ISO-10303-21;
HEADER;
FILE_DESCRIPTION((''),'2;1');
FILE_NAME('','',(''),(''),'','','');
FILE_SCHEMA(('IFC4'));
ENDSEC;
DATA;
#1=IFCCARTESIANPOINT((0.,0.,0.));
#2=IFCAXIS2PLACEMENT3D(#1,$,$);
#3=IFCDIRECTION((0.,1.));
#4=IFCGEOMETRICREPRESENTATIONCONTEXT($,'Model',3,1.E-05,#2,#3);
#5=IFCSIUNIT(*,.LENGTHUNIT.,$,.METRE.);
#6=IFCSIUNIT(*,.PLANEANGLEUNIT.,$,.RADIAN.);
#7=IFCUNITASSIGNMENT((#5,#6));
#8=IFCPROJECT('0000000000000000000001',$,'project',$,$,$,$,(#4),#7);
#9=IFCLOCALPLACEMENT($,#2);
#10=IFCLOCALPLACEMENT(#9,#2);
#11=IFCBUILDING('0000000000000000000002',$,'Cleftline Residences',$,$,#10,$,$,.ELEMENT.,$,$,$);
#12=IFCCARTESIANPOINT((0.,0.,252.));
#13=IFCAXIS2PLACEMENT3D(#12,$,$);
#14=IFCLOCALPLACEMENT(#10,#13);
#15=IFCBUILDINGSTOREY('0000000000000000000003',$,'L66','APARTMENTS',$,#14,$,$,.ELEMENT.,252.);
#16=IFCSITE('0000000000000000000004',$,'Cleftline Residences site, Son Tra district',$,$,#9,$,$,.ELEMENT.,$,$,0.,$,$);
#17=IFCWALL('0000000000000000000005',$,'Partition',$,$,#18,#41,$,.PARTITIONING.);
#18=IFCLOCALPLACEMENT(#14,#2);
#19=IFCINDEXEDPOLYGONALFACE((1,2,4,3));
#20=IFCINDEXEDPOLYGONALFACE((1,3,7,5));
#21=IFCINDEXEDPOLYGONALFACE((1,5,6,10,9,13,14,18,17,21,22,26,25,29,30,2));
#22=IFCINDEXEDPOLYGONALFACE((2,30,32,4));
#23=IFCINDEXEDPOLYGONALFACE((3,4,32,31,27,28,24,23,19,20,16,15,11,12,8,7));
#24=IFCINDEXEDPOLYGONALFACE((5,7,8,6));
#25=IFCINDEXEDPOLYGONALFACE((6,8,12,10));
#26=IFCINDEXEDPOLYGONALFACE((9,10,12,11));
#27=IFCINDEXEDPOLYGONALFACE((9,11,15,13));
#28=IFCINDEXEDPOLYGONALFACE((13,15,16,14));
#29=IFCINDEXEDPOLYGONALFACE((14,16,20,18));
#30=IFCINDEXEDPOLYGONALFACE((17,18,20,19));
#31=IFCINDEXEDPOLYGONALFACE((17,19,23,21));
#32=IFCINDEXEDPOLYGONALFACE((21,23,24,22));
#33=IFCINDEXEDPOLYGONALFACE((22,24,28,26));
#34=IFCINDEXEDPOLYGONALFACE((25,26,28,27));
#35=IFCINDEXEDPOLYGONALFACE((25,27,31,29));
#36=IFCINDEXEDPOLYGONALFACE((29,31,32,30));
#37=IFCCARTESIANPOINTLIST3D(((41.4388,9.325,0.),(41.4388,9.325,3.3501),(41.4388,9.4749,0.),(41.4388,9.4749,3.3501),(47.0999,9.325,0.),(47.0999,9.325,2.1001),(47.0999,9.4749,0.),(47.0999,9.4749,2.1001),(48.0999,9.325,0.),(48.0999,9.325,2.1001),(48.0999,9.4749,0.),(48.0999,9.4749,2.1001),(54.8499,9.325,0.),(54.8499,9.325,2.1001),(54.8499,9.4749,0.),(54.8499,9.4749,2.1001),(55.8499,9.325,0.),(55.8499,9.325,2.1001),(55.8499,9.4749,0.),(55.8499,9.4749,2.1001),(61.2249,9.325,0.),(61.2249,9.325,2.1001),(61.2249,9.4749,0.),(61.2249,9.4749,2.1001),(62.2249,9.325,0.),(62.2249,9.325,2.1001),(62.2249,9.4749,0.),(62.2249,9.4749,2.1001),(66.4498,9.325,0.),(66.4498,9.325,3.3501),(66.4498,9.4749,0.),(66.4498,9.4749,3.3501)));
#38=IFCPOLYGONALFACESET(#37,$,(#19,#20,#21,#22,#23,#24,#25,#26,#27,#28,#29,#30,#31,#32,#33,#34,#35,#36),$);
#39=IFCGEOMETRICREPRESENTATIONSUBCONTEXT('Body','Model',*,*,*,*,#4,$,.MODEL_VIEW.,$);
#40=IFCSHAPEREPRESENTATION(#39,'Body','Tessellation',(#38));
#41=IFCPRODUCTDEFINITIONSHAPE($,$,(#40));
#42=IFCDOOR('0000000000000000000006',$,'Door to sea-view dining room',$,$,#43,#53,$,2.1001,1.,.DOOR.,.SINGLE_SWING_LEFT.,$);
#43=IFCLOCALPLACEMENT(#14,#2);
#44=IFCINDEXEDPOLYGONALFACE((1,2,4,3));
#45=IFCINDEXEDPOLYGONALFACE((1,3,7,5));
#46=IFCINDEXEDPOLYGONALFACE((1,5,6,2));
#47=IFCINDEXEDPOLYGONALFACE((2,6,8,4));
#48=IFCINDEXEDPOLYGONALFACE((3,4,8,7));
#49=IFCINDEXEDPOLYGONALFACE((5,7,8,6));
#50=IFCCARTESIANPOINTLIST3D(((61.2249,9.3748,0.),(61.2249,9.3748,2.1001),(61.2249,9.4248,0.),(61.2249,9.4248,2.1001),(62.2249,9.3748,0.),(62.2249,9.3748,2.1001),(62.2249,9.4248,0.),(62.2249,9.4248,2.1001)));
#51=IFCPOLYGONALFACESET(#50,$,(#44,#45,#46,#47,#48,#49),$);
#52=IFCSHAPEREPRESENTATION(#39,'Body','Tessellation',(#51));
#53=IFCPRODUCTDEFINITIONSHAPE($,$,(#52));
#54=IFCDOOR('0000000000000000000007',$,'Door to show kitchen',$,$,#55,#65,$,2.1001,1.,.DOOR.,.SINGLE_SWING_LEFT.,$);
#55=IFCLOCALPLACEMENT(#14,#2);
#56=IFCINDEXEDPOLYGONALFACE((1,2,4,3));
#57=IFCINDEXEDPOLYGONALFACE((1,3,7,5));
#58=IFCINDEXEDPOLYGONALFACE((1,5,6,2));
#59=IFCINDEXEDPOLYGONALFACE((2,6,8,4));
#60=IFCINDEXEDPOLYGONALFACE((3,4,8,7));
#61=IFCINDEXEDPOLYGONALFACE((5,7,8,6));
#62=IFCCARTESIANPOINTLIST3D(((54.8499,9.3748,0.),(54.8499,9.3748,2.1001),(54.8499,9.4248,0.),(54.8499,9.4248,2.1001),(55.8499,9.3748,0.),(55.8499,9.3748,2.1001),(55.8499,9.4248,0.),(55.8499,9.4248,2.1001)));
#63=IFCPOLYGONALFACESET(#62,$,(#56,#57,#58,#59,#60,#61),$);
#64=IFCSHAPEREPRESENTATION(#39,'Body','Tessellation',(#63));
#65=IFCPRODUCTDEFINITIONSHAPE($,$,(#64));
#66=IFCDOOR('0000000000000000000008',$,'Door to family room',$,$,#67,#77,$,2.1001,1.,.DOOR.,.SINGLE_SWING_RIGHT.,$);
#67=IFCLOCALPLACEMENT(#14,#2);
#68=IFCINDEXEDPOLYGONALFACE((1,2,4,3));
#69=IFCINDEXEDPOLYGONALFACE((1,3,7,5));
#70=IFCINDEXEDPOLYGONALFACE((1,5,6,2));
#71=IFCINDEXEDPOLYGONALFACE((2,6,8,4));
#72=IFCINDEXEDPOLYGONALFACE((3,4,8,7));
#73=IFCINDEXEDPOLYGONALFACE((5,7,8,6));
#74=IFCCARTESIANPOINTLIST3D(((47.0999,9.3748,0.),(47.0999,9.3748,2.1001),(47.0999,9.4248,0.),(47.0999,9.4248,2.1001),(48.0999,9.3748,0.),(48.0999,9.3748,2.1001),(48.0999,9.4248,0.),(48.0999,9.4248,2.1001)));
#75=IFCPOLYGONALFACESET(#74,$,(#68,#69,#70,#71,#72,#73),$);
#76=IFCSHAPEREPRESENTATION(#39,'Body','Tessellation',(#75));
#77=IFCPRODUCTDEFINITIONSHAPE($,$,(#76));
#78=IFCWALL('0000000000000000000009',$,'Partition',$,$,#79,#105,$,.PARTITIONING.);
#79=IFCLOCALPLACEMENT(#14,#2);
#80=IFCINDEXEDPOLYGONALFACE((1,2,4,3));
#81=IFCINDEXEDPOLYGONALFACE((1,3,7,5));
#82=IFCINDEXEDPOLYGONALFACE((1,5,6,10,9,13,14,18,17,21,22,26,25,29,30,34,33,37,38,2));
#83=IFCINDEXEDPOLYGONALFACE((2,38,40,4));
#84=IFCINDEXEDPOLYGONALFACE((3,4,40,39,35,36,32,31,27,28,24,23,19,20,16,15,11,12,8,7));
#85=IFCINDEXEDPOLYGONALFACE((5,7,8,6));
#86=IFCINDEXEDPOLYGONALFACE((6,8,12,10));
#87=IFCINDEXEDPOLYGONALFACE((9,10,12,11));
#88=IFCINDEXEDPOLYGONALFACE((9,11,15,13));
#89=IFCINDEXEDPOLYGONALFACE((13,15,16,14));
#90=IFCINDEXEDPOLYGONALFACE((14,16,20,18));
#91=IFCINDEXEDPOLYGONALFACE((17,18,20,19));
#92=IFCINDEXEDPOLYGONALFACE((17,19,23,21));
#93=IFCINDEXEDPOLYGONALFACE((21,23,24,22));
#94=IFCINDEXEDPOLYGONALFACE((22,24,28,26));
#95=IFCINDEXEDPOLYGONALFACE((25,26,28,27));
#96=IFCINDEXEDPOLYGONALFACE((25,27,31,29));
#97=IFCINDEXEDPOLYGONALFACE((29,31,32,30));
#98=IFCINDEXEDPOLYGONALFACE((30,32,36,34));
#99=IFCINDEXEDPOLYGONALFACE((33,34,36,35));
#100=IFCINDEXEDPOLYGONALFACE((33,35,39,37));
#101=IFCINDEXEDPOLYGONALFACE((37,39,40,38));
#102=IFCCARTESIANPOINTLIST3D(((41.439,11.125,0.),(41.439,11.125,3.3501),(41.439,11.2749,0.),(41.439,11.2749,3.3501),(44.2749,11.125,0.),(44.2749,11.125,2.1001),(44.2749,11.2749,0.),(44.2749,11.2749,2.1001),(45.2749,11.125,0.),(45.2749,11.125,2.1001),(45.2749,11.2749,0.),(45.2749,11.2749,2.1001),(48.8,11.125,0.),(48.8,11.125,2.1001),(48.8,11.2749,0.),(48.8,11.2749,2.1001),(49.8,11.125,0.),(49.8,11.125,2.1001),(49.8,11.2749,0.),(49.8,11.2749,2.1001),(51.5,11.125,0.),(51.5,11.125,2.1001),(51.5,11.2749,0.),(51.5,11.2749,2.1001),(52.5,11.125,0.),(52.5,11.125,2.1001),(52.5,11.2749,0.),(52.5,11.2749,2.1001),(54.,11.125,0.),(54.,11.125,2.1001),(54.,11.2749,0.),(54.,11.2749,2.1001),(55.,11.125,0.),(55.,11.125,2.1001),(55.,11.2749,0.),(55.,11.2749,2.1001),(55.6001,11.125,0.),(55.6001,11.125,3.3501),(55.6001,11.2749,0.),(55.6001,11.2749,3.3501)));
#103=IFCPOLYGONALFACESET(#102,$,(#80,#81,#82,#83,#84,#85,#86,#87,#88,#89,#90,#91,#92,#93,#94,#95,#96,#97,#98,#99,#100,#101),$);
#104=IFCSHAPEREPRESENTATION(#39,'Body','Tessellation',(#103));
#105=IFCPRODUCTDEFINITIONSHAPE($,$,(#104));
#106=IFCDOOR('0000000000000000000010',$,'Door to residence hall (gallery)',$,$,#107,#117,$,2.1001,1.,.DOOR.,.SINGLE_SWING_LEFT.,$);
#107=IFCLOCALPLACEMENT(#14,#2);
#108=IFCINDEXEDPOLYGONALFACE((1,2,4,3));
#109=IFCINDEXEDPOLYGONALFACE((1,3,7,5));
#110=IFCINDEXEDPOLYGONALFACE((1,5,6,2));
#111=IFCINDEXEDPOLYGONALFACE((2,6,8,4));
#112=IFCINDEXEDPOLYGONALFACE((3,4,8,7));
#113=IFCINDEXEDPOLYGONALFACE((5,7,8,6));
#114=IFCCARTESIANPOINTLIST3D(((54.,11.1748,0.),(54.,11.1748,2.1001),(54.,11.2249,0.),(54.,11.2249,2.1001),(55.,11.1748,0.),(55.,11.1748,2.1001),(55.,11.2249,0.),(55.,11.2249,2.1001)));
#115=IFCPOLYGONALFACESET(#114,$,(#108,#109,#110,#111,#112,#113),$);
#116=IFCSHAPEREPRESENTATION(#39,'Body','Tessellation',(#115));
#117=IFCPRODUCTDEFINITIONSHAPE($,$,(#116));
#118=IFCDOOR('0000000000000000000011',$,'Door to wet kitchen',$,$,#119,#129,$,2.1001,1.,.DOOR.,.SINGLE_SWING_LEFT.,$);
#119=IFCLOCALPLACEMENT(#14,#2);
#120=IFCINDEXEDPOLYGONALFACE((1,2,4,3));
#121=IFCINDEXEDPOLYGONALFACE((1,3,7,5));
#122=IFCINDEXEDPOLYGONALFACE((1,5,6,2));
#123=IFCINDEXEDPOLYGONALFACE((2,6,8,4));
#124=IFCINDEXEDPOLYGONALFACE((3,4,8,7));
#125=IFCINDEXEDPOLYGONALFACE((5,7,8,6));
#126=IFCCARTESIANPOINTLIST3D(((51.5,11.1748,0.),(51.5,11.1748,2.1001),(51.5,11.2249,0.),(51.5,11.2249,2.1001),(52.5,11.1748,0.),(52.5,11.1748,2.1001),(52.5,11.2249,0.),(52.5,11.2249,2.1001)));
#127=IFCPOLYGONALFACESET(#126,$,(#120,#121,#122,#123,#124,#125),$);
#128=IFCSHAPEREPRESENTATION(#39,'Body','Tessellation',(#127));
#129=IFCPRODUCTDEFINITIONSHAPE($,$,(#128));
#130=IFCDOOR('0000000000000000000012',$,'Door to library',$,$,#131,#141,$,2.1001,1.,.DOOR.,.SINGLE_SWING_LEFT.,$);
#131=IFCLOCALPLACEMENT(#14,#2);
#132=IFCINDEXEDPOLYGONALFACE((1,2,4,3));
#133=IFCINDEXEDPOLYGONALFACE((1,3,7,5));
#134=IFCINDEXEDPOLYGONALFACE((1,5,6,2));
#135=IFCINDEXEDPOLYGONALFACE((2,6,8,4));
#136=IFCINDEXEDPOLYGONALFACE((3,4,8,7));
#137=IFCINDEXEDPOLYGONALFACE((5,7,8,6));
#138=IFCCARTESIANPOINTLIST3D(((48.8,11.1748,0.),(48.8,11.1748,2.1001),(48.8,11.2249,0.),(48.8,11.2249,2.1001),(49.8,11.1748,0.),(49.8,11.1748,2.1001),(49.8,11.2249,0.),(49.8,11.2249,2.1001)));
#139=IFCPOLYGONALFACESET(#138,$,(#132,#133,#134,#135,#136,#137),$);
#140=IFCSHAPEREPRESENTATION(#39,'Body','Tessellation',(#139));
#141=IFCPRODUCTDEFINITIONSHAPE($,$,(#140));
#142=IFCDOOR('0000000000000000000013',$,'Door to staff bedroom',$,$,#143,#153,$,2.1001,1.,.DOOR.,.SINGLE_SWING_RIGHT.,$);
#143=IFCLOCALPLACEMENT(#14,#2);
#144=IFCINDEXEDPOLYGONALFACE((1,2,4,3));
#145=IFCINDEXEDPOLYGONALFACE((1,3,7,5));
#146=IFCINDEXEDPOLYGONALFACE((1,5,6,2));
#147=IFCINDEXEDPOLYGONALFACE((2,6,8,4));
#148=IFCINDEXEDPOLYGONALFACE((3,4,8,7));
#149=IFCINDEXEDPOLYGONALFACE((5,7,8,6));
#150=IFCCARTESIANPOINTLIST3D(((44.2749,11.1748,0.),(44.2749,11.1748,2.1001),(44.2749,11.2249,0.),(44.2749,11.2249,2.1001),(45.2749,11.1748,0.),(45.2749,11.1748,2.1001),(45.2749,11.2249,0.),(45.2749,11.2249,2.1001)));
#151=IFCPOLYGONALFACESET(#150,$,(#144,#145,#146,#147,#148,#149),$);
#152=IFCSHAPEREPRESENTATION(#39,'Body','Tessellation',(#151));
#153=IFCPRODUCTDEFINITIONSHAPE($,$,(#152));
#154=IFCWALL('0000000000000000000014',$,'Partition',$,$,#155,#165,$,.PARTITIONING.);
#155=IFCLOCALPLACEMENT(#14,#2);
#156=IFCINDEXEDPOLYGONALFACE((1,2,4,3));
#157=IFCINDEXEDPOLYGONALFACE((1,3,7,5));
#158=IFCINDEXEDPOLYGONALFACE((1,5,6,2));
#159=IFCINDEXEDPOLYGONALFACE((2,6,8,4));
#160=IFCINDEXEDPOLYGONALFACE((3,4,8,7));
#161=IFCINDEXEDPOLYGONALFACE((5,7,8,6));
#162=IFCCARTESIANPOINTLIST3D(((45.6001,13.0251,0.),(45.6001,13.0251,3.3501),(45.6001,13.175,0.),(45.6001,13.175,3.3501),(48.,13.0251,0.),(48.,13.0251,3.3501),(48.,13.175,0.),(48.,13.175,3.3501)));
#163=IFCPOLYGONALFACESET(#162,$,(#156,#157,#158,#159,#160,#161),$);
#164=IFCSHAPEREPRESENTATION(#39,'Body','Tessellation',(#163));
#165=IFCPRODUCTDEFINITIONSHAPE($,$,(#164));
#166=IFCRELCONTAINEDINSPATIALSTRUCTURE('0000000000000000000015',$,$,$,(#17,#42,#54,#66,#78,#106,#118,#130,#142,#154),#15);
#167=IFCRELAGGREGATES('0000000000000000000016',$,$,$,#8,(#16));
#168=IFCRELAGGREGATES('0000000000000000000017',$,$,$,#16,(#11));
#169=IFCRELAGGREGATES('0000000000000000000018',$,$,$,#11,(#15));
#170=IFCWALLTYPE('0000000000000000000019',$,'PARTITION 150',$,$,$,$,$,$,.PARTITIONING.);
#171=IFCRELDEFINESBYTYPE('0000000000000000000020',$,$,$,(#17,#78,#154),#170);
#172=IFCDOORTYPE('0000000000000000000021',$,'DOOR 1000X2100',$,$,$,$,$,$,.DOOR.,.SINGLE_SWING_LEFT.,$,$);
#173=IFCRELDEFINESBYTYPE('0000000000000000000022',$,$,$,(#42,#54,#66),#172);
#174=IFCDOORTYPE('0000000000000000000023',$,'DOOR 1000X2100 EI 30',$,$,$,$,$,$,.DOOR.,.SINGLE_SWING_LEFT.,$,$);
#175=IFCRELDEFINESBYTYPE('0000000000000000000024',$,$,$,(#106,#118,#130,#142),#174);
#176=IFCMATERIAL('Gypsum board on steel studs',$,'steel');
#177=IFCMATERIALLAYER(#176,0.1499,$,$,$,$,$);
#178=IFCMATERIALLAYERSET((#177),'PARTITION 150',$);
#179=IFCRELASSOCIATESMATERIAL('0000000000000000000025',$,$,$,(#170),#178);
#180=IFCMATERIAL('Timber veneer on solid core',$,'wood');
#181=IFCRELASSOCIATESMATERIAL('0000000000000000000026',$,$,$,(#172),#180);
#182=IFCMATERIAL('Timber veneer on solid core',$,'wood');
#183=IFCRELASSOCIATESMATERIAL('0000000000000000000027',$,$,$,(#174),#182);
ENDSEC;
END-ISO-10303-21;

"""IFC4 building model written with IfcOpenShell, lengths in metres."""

from ifc_helpers import new_model, si_unit, direction, frame, frame_2d, origin, place, context, subcontext, project, spatial, rectangle, extrude, material, layer, layer_set, type_object, element, fill, save


model = new_model("IFC4")

# Units and contexts
model_context = context("Model", 3, precision=1e-05, world=origin(), true_north=direction((0.0, 1.0)))
body_context = subcontext(model_context, "Body", "Model", "MODEL_VIEW")
ifc_project = project(units=[si_unit("LENGTHUNIT", "METRE"), si_unit("PLANEANGLEUNIT", "RADIAN")], contexts=[model_context])

# Site, building, storey
site_placement = place(None, origin())
site = spatial("IfcSite", under=ifc_project, at=site_placement, Name="Cleftline Residences site, Son Tra district", CompositionType="ELEMENT", RefElevation=0.0)
building_placement = place(site_placement, origin())
building = spatial("IfcBuilding", under=site, at=building_placement, Name="Cleftline Residences", CompositionType="ELEMENT")
storey_placement = place(building_placement, frame((0.0, 0.0, 252.0)))
storey = spatial("IfcBuildingStorey", under=building, at=storey_placement, Name="L66", Description="APARTMENTS", CompositionType="ELEMENT", Elevation=252.0)

# Walls, openings, doors
ifc_material_1 = material(Name="Gypsum board on steel studs", Category="steel")
ifc_layer_1 = layer(ifc_material_1, 0.1499)
ifc_layer_set_1 = layer_set([ifc_layer_1], Name="PARTITION 150")
wall_type_1 = type_object("IfcWallType", Name="PARTITION 150", PredefinedType="PARTITIONING", material=ifc_layer_set_1)
wall_1_placement = place(storey_placement, frame((41.439, 9.3999, 0.0), z_axis=(0.0, 0.0, 1.0), x_axis=(1.0, 0.0, 0.0)))
wall_1 = element("IfcWall", 1, at=wall_1_placement, inside=storey, type_object=wall_type_1, Name="Partition", PredefinedType="PARTITIONING", context=body_context, shape_type="SweptSolid", body=[
    extrude(rectangle(XDim=25.011, YDim=0.1499, at=frame_2d((12.5054, 0.0))), origin(), (0.0, 0.0, 1.0), 3.3501),
])
opening_1_placement = place(wall_1_placement, frame((19.7859, 0.0, 0.0)))
opening_1 = element("IfcOpeningElement", 2, at=opening_1_placement, cuts=wall_1, PredefinedType="OPENING", context=body_context, shape_type="SweptSolid", body=[
    extrude(rectangle(XDim=1.0, YDim=2.1001, at=frame_2d((0.5, 1.05))), frame((0.0, 0.085, 0.0), z_axis=(0.0, -1.0, 0.0), x_axis=(1.0, 0.0, 0.0)), (0.0, 0.0, 1.0), 0.1699),
])
opening_2_placement = place(wall_1_placement, frame((13.4109, 0.0, 0.0)))
opening_2 = element("IfcOpeningElement", 3, at=opening_2_placement, cuts=wall_1, PredefinedType="OPENING", context=body_context, shape_type="SweptSolid", body=[
    extrude(rectangle(XDim=1.0, YDim=2.1001, at=frame_2d((0.5, 1.05))), frame((0.0, 0.085, 0.0), z_axis=(0.0, -1.0, 0.0), x_axis=(1.0, 0.0, 0.0)), (0.0, 0.0, 1.0), 0.1699),
])
opening_3_placement = place(wall_1_placement, frame((5.6609, 0.0, 0.0)))
opening_3 = element("IfcOpeningElement", 4, at=opening_3_placement, cuts=wall_1, PredefinedType="OPENING", context=body_context, shape_type="SweptSolid", body=[
    extrude(rectangle(XDim=1.0, YDim=2.1001, at=frame_2d((0.5, 1.05))), frame((0.0, 0.085, 0.0), z_axis=(0.0, -1.0, 0.0), x_axis=(1.0, 0.0, 0.0)), (0.0, 0.0, 1.0), 0.1699),
])
ifc_material_2 = material(Name="Timber veneer on solid core", Category="wood")
door_type_1 = type_object("IfcDoorType", Name="DOOR 1000X2100", OperationType="SINGLE_SWING_LEFT", PredefinedType="DOOR", material=ifc_material_2)
door_1_placement = place(opening_1_placement, origin())
door_1 = element("IfcDoor", 5, at=door_1_placement, inside=storey, type_object=door_type_1, Name="Door to sea-view dining room", OperationType="SINGLE_SWING_LEFT", OverallHeight=2.1001, OverallWidth=1.0, PredefinedType="DOOR", context=body_context, shape_type="SweptSolid", body=[
    extrude(rectangle(XDim=1.0, YDim=2.1001, at=frame_2d((0.5, 1.05))), frame((0.0, 0.0249, 0.0), z_axis=(0.0, -1.0, 0.0), x_axis=(1.0, 0.0, 0.0)), (0.0, 0.0, 1.0), 0.05),
])
fill(opening_1, door_1)
door_2_placement = place(opening_2_placement, origin())
door_2 = element("IfcDoor", 6, at=door_2_placement, inside=storey, type_object=door_type_1, Name="Door to show kitchen", OperationType="SINGLE_SWING_LEFT", OverallHeight=2.1001, OverallWidth=1.0, PredefinedType="DOOR", context=body_context, shape_type="SweptSolid", body=[
    extrude(rectangle(XDim=1.0, YDim=2.1001, at=frame_2d((0.5, 1.05))), frame((0.0, 0.0249, 0.0), z_axis=(0.0, -1.0, 0.0), x_axis=(1.0, 0.0, 0.0)), (0.0, 0.0, 1.0), 0.05),
])
fill(opening_2, door_2)
door_3_placement = place(opening_3_placement, origin())
door_3 = element("IfcDoor", 7, at=door_3_placement, inside=storey, type_object=door_type_1, Name="Door to family room", OperationType="SINGLE_SWING_RIGHT", OverallHeight=2.1001, OverallWidth=1.0, PredefinedType="DOOR", context=body_context, shape_type="SweptSolid", body=[
    extrude(rectangle(XDim=1.0, YDim=2.1001, at=frame_2d((0.5, 1.05))), frame((0.0, 0.0249, 0.0), z_axis=(0.0, -1.0, 0.0), x_axis=(1.0, 0.0, 0.0)), (0.0, 0.0, 1.0), 0.05),
])
fill(opening_3, door_3)
wall_2_placement = place(storey_placement, frame((41.439, 11.2, 0.0), z_axis=(0.0, 0.0, 1.0), x_axis=(1.0, 0.0, 0.0)))
wall_2 = element("IfcWall", 8, at=wall_2_placement, inside=storey, type_object=wall_type_1, Name="Partition", PredefinedType="PARTITIONING", context=body_context, shape_type="SweptSolid", body=[
    extrude(rectangle(XDim=14.1611, YDim=0.1499, at=frame_2d((7.0806, 0.0))), origin(), (0.0, 0.0, 1.0), 3.3501),
])
opening_4_placement = place(wall_2_placement, frame((12.561, 0.0, 0.0)))
opening_4 = element("IfcOpeningElement", 9, at=opening_4_placement, cuts=wall_2, PredefinedType="OPENING", context=body_context, shape_type="SweptSolid", body=[
    extrude(rectangle(XDim=1.0, YDim=2.1001, at=frame_2d((0.5, 1.05))), frame((0.0, 0.085, 0.0), z_axis=(0.0, -1.0, 0.0), x_axis=(1.0, 0.0, 0.0)), (0.0, 0.0, 1.0), 0.1699),
])
opening_5_placement = place(wall_2_placement, frame((10.061, 0.0, 0.0)))
opening_5 = element("IfcOpeningElement", 10, at=opening_5_placement, cuts=wall_2, PredefinedType="OPENING", context=body_context, shape_type="SweptSolid", body=[
    extrude(rectangle(XDim=1.0, YDim=2.1001, at=frame_2d((0.5, 1.05))), frame((0.0, 0.085, 0.0), z_axis=(0.0, -1.0, 0.0), x_axis=(1.0, 0.0, 0.0)), (0.0, 0.0, 1.0), 0.1699),
])
opening_6_placement = place(wall_2_placement, frame((7.3611, 0.0, 0.0)))
opening_6 = element("IfcOpeningElement", 11, at=opening_6_placement, cuts=wall_2, PredefinedType="OPENING", context=body_context, shape_type="SweptSolid", body=[
    extrude(rectangle(XDim=1.0, YDim=2.1001, at=frame_2d((0.5, 1.05))), frame((0.0, 0.085, 0.0), z_axis=(0.0, -1.0, 0.0), x_axis=(1.0, 0.0, 0.0)), (0.0, 0.0, 1.0), 0.1699),
])
opening_7_placement = place(wall_2_placement, frame((2.8359, 0.0, 0.0)))
opening_7 = element("IfcOpeningElement", 12, at=opening_7_placement, cuts=wall_2, PredefinedType="OPENING", context=body_context, shape_type="SweptSolid", body=[
    extrude(rectangle(XDim=1.0, YDim=2.1001, at=frame_2d((0.5, 1.05))), frame((0.0, 0.085, 0.0), z_axis=(0.0, -1.0, 0.0), x_axis=(1.0, 0.0, 0.0)), (0.0, 0.0, 1.0), 0.1699),
])
ifc_material_3 = material(Name="Timber veneer on solid core", Category="wood")
door_type_2 = type_object("IfcDoorType", Name="DOOR 1000X2100 EI 30", OperationType="SINGLE_SWING_LEFT", PredefinedType="DOOR", material=ifc_material_3)
door_4_placement = place(opening_4_placement, origin())
door_4 = element("IfcDoor", 13, at=door_4_placement, inside=storey, type_object=door_type_2, Name="Door to residence hall (gallery)", OperationType="SINGLE_SWING_LEFT", OverallHeight=2.1001, OverallWidth=1.0, PredefinedType="DOOR", context=body_context, shape_type="SweptSolid", body=[
    extrude(rectangle(XDim=1.0, YDim=2.1001, at=frame_2d((0.5, 1.05))), frame((0.0, 0.0249, 0.0), z_axis=(0.0, -1.0, 0.0), x_axis=(1.0, 0.0, 0.0)), (0.0, 0.0, 1.0), 0.05),
])
fill(opening_4, door_4)
door_5_placement = place(opening_5_placement, origin())
door_5 = element("IfcDoor", 14, at=door_5_placement, inside=storey, type_object=door_type_2, Name="Door to wet kitchen", OperationType="SINGLE_SWING_LEFT", OverallHeight=2.1001, OverallWidth=1.0, PredefinedType="DOOR", context=body_context, shape_type="SweptSolid", body=[
    extrude(rectangle(XDim=1.0, YDim=2.1001, at=frame_2d((0.5, 1.05))), frame((0.0, 0.0249, 0.0), z_axis=(0.0, -1.0, 0.0), x_axis=(1.0, 0.0, 0.0)), (0.0, 0.0, 1.0), 0.05),
])
fill(opening_5, door_5)
door_6_placement = place(opening_6_placement, origin())
door_6 = element("IfcDoor", 15, at=door_6_placement, inside=storey, type_object=door_type_2, Name="Door to library", OperationType="SINGLE_SWING_LEFT", OverallHeight=2.1001, OverallWidth=1.0, PredefinedType="DOOR", context=body_context, shape_type="SweptSolid", body=[
    extrude(rectangle(XDim=1.0, YDim=2.1001, at=frame_2d((0.5, 1.05))), frame((0.0, 0.0249, 0.0), z_axis=(0.0, -1.0, 0.0), x_axis=(1.0, 0.0, 0.0)), (0.0, 0.0, 1.0), 0.05),
])
fill(opening_6, door_6)
door_7_placement = place(opening_7_placement, origin())
door_7 = element("IfcDoor", 16, at=door_7_placement, inside=storey, type_object=door_type_2, Name="Door to staff bedroom", OperationType="SINGLE_SWING_RIGHT", OverallHeight=2.1001, OverallWidth=1.0, PredefinedType="DOOR", context=body_context, shape_type="SweptSolid", body=[
    extrude(rectangle(XDim=1.0, YDim=2.1001, at=frame_2d((0.5, 1.05))), frame((0.0, 0.0249, 0.0), z_axis=(0.0, -1.0, 0.0), x_axis=(1.0, 0.0, 0.0)), (0.0, 0.0, 1.0), 0.05),
])
fill(opening_7, door_7)

# Wall
wall_3_placement = place(storey_placement, frame((45.6001, 13.1001, 0.0), z_axis=(0.0, 0.0, 1.0), x_axis=(1.0, 0.0, 0.0)))
element("IfcWall", 17, at=wall_3_placement, inside=storey, type_object=wall_type_1, Name="Partition", PredefinedType="PARTITIONING", context=body_context, shape_type="SweptSolid", body=[
    extrude(rectangle(XDim=2.3999, YDim=0.1499, at=frame_2d((1.2, 0.0))), origin(), (0.0, 0.0, 1.0), 3.3501),
])

save(model, "model.ifc")
